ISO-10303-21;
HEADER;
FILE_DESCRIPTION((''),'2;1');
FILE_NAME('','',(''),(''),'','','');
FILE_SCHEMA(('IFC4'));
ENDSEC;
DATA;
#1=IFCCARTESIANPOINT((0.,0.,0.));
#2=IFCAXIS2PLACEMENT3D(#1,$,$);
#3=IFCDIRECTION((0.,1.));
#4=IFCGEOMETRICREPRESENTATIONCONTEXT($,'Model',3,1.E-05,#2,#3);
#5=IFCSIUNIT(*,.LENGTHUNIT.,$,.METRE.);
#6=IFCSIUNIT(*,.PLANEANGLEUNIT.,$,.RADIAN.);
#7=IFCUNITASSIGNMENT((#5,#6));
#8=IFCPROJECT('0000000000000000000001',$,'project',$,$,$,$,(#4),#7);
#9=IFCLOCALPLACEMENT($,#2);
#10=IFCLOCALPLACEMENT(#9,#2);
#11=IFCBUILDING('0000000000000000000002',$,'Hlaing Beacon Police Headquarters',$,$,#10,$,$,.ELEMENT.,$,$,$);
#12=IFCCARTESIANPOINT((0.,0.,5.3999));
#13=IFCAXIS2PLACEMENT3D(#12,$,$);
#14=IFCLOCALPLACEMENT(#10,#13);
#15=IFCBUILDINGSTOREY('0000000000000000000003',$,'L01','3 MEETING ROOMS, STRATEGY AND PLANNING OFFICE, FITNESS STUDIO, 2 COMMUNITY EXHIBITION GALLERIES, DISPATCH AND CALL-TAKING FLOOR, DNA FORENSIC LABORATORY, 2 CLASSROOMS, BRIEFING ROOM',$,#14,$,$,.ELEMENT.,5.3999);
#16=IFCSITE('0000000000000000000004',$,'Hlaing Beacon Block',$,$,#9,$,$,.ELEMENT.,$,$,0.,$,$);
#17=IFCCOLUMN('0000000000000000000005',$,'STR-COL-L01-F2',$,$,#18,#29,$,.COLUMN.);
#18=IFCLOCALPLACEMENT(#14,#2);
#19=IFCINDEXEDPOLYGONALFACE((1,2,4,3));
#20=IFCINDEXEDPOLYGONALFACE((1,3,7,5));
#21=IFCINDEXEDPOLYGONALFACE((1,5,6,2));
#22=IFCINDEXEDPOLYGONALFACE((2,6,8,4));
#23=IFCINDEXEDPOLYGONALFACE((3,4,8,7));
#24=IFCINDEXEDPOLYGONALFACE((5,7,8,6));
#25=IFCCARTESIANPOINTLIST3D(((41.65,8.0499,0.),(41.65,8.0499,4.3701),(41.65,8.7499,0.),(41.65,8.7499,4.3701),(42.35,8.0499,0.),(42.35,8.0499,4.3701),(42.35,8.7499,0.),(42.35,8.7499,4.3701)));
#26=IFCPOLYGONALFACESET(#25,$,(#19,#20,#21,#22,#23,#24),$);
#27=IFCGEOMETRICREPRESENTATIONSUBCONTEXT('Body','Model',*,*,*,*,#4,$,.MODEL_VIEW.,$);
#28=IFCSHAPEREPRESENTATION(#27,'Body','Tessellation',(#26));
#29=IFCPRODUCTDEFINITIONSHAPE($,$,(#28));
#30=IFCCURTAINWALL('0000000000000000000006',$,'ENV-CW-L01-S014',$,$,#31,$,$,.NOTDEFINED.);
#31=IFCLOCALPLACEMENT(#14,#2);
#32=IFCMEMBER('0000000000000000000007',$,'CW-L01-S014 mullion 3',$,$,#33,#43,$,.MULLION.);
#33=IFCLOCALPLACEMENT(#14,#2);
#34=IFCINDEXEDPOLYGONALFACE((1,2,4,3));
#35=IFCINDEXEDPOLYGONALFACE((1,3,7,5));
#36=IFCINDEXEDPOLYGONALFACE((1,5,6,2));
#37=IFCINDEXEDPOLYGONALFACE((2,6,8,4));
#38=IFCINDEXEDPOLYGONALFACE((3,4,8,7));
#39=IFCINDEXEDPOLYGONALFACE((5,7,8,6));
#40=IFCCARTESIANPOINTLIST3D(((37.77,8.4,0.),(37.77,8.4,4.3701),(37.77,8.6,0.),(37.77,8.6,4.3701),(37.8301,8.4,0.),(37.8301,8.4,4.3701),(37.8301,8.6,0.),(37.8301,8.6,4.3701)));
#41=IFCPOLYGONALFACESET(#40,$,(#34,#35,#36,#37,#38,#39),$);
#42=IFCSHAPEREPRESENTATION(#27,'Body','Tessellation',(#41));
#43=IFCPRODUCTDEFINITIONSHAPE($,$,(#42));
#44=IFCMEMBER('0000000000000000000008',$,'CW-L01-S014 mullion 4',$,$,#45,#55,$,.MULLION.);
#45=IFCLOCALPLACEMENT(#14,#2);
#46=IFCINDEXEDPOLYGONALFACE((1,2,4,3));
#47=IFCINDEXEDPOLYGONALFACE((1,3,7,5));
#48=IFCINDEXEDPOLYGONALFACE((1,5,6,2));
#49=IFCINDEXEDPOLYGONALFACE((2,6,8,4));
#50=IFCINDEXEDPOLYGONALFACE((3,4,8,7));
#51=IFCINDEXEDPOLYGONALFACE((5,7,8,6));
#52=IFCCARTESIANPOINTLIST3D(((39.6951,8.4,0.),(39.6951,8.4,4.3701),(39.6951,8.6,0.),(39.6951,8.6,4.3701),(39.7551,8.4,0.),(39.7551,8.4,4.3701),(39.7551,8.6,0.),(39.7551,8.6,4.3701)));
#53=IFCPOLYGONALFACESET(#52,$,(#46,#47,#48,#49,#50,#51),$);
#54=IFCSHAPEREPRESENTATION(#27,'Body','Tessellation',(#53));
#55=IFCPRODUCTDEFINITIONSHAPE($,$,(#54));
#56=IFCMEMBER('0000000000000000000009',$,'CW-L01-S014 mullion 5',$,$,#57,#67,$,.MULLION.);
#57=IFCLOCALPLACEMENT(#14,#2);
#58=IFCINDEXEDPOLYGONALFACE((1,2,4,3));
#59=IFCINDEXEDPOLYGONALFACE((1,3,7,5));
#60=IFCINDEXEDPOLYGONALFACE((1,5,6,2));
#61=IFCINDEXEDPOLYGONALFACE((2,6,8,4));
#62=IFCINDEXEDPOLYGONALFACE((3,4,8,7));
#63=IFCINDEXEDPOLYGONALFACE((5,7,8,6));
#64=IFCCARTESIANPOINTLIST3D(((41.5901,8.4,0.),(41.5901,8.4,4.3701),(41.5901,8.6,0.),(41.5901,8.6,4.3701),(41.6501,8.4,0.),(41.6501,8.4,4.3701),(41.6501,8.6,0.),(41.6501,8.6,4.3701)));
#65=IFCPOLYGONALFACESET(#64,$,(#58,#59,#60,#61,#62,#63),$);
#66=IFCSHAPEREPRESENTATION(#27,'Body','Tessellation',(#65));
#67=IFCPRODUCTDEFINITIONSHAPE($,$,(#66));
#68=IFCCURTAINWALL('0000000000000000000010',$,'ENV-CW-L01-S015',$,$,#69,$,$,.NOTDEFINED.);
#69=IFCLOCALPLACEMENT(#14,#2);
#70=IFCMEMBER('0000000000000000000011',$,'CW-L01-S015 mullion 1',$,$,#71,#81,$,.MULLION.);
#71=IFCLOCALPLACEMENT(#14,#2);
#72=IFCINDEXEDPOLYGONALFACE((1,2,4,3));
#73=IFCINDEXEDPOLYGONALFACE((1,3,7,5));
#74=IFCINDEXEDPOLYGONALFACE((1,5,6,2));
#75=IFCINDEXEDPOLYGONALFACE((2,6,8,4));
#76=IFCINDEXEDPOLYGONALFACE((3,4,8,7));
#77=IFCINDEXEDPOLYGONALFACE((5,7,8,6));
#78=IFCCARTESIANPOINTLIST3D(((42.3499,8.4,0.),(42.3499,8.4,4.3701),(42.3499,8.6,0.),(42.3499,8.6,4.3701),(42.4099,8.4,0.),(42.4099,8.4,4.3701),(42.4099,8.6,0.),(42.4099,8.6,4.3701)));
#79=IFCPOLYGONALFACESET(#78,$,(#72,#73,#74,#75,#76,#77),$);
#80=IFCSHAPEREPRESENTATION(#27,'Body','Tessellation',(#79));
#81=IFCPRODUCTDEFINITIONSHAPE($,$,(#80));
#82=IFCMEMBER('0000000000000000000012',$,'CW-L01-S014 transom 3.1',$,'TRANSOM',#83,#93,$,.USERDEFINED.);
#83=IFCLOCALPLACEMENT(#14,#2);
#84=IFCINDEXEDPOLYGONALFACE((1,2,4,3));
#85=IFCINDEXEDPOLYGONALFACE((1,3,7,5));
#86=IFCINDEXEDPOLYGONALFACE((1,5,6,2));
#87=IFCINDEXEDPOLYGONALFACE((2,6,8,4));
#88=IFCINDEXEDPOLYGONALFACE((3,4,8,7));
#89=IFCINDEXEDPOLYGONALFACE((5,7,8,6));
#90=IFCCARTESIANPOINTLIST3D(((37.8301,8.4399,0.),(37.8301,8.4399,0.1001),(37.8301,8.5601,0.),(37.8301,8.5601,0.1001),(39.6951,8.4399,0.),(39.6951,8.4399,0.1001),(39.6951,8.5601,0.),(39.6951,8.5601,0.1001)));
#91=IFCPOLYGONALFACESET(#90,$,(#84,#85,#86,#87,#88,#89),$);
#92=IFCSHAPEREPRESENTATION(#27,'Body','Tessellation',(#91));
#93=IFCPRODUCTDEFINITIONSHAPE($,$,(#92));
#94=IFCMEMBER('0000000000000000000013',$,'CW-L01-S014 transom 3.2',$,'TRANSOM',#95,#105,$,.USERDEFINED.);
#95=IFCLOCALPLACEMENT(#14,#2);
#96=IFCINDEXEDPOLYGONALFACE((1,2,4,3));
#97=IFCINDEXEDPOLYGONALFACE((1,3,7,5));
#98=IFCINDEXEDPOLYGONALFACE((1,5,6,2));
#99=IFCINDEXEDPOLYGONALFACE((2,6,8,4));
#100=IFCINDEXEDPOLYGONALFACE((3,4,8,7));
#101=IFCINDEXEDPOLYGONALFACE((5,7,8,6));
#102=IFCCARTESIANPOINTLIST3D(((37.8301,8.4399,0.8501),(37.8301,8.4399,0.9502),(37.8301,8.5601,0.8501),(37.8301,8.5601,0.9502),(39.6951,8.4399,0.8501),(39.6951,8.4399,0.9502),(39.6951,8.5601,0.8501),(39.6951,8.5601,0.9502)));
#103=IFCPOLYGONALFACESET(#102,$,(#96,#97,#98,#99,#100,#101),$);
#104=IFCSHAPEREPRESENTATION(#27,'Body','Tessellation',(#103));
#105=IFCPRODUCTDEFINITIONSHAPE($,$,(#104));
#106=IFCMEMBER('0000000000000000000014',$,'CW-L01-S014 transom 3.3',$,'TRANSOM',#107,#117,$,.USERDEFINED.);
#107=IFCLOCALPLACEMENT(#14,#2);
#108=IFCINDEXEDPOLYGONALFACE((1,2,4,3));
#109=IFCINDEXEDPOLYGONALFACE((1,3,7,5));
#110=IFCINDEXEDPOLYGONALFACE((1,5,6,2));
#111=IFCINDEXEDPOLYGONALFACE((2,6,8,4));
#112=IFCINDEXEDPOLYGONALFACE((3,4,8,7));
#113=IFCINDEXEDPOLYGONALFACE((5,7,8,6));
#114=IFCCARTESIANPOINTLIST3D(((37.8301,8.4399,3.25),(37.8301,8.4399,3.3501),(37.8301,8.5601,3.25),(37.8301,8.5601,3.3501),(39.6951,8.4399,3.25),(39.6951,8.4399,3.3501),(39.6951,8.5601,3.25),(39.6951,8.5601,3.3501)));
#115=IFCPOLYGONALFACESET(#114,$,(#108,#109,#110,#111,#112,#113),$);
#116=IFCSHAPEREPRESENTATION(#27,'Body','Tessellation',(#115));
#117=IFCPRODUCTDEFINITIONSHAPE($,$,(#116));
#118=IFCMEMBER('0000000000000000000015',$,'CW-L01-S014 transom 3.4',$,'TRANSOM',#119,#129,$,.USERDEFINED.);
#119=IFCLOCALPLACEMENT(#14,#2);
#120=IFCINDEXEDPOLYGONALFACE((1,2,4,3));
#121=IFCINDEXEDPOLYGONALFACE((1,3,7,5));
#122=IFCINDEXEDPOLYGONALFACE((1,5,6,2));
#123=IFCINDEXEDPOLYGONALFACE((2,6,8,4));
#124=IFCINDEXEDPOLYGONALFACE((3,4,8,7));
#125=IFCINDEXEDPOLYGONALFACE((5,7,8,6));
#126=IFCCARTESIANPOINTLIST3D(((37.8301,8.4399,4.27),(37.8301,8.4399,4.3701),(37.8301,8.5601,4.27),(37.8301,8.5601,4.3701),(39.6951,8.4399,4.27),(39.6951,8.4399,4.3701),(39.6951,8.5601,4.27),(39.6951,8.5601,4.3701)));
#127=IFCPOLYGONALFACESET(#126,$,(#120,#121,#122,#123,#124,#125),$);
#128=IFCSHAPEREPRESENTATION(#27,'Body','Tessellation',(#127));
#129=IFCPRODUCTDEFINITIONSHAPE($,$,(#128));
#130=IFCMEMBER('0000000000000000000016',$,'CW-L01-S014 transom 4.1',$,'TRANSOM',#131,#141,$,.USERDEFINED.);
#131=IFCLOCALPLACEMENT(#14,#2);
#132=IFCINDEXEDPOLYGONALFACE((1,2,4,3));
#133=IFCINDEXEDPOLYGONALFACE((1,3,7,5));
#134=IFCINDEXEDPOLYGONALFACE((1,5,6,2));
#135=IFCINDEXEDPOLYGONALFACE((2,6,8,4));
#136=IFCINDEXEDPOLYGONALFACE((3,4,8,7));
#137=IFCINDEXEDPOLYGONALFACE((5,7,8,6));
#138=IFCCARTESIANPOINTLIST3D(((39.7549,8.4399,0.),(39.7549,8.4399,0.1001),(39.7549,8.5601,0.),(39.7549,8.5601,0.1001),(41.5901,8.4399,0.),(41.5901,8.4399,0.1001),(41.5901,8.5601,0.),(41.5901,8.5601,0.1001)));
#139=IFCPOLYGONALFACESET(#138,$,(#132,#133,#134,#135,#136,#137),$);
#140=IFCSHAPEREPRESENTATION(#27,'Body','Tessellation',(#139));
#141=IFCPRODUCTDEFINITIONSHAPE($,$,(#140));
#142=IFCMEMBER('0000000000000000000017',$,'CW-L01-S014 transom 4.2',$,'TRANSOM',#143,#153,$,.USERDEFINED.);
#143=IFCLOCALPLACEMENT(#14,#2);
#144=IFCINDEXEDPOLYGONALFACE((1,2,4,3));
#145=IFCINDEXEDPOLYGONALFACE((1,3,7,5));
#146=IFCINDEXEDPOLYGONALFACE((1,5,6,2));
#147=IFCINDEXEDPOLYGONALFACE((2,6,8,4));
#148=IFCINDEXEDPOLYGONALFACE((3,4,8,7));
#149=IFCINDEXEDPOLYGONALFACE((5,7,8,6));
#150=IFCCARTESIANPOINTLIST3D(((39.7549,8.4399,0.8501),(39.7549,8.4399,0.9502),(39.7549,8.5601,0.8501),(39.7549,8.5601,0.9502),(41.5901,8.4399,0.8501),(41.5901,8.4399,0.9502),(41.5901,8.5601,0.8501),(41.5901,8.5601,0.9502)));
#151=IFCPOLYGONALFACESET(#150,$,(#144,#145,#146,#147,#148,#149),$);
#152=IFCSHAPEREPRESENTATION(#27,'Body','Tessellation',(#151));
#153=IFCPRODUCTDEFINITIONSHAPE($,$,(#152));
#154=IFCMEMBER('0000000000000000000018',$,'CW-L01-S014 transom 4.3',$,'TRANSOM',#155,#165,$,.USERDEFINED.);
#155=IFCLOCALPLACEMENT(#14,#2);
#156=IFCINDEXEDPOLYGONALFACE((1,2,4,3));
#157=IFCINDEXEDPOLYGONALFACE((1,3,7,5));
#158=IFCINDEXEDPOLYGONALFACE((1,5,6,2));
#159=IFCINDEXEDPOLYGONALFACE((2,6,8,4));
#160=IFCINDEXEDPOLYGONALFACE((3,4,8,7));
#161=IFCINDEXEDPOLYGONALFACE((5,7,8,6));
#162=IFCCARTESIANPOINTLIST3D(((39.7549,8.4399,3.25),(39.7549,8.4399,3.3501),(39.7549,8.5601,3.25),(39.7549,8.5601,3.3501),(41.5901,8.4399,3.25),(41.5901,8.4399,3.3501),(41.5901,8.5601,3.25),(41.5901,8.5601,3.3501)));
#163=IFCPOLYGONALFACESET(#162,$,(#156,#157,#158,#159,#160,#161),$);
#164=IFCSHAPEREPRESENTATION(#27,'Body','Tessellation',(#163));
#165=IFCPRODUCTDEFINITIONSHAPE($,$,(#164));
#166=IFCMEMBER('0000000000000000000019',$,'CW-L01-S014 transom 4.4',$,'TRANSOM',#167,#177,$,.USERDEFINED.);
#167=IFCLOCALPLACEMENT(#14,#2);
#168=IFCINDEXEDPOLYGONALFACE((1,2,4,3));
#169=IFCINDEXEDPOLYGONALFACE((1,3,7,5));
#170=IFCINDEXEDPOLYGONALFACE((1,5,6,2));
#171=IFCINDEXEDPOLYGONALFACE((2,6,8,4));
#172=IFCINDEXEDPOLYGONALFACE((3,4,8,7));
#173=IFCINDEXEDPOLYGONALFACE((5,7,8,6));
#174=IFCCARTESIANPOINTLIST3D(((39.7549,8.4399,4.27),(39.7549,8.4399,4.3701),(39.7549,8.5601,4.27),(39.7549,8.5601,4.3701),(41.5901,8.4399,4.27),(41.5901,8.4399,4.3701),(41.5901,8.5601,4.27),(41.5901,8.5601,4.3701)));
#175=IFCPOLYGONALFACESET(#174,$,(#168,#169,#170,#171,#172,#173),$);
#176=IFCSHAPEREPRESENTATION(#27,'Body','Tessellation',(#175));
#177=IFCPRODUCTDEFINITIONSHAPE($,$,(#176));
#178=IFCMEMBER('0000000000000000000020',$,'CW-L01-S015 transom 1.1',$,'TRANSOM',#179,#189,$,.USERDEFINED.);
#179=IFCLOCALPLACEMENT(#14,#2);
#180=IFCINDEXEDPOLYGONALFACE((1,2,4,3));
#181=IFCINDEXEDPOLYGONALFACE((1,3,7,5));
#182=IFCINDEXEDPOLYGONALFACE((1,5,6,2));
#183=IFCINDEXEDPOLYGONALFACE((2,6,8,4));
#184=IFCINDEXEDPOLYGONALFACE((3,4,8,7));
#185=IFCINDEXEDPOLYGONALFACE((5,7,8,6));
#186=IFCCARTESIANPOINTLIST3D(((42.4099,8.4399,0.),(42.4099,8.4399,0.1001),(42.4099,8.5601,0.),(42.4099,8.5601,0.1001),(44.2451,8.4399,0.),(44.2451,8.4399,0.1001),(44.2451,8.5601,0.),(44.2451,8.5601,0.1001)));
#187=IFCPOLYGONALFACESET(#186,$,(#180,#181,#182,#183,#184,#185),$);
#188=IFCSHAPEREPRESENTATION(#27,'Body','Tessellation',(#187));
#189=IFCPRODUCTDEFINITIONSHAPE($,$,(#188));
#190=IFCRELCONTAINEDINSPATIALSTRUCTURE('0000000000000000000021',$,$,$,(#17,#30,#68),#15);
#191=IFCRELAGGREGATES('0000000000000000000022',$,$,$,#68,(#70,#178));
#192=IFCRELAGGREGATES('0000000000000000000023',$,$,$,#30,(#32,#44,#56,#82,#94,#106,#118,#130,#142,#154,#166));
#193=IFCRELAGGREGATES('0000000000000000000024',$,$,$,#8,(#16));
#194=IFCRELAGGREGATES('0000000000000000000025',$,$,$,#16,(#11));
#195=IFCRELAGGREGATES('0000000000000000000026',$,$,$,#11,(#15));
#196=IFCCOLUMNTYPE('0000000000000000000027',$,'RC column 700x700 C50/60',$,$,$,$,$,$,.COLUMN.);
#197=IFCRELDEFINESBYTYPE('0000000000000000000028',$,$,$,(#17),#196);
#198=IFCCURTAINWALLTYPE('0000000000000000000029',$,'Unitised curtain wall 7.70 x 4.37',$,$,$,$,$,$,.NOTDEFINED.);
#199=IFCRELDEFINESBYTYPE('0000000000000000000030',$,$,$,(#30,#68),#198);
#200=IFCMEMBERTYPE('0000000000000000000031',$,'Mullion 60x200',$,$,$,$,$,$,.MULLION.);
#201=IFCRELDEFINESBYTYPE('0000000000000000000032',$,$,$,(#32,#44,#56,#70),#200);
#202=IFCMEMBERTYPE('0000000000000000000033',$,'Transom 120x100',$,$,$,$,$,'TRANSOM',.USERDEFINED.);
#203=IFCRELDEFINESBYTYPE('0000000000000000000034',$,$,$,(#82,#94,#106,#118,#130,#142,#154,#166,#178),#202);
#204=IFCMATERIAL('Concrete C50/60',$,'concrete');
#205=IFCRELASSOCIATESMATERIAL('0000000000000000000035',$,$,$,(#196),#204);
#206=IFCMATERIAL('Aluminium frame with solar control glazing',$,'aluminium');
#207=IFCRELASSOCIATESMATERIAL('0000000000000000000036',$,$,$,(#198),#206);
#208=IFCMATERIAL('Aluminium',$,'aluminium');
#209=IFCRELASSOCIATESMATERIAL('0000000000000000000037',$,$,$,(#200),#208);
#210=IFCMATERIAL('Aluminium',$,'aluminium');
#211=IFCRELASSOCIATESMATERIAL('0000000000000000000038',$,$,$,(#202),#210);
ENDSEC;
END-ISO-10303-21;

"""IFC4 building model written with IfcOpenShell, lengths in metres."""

from ifc_helpers import new_model, si_unit, direction, frame, origin, origin_2d, place, context, subcontext, project, spatial, rectangle, extrude, material, material_profile, profile_set, type_object, element, aggregate, save


model = new_model("IFC4")

# Units and contexts
model_context = context("Model", 3, precision=1e-05, world=origin(), true_north=direction((0.0, 1.0)))
body_context = subcontext(model_context, "Body", "Model", "MODEL_VIEW")
ifc_project = project(units=[si_unit("LENGTHUNIT", "METRE"), si_unit("PLANEANGLEUNIT", "RADIAN")], contexts=[model_context])

# Site, building, storey
site_placement = place(None, origin())
site = spatial("IfcSite", under=ifc_project, at=site_placement, Name="Hlaing Beacon Block", CompositionType="ELEMENT", RefElevation=0.0)
building_placement = place(site_placement, origin())
building = spatial("IfcBuilding", under=site, at=building_placement, Name="Hlaing Beacon Police Headquarters", CompositionType="ELEMENT")
storey_placement = place(building_placement, frame((0.0, 0.0, 5.3999)))
storey = spatial("IfcBuildingStorey", under=building, at=storey_placement, Name="L01", Description="3 MEETING ROOMS, STRATEGY AND PLANNING OFFICE, FITNESS STUDIO, 2 COMMUNITY EXHIBITION GALLERIES, DISPATCH AND CALL-TAKING FLOOR, DNA FORENSIC LABORATORY, 2 CLASSROOMS, BRIEFING ROOM", CompositionType="ELEMENT", Elevation=5.3999)

# Column
ifc_material_1 = material(Name="Concrete C50/60", Category="concrete")
ifc_material_profile_1 = material_profile(ifc_material_1, rectangle(XDim=0.7, YDim=0.7, at=origin_2d()), Name="700x700")
ifc_profile_set_1 = profile_set([ifc_material_profile_1], Name="Concrete C50/60")
column_type = type_object("IfcColumnType", Name="RC column 700x700 C50/60", PredefinedType="COLUMN", material=ifc_profile_set_1)
column_placement = place(storey_placement, frame((42.0, 8.3999, 0.0), z_axis=(0.0, 0.0, 1.0), x_axis=(1.0, 0.0, 0.0)))
element("IfcColumn", 1, at=column_placement, inside=storey, type_object=column_type, Name="STR-COL-L01-F2", PredefinedType="COLUMN", context=body_context, shape_type="SweptSolid", body=[
    extrude(rectangle(XDim=0.7, YDim=0.7, at=origin_2d()), origin(), (0.0, 0.0, 1.0), 4.3701),
])

# Curtain wall, members
ifc_material_2 = material(Name="Aluminium frame with solar control glazing", Category="aluminium")
curtain_wall_type = type_object("IfcCurtainWallType", Name="Unitised curtain wall 7.70 x 4.37", PredefinedType="NOTDEFINED", material=ifc_material_2)
curtain_wall_1_placement = place(storey_placement, origin())
curtain_wall_1 = element("IfcCurtainWall", 2, at=curtain_wall_1_placement, inside=storey, type_object=curtain_wall_type, Name="ENV-CW-L01-S014", PredefinedType="NOTDEFINED")
ifc_material_3 = material(Name="Aluminium", Category="aluminium")
ifc_material_profile_2 = material_profile(ifc_material_3, rectangle(XDim=0.2, YDim=0.0601, at=origin_2d()), Name="Mullion 60x200")
ifc_profile_set_2 = profile_set([ifc_material_profile_2], Name="Aluminium")
member_type_1 = type_object("IfcMemberType", Name="Mullion 60x200", PredefinedType="MULLION", material=ifc_profile_set_2)
member_1_placement = place(storey_placement, frame((37.8, 8.5, 0.0), z_axis=(0.0, 0.0, 1.0), x_axis=(0.0, 1.0, 0.0)))
member_1 = element("IfcMember", 3, at=member_1_placement, type_object=member_type_1, Name="CW-L01-S014 mullion 3", PredefinedType="MULLION", context=body_context, shape_type="SweptSolid", body=[
    extrude(rectangle(XDim=0.2, YDim=0.0601, at=origin_2d()), origin(), (0.0, 0.0, 1.0), 4.3701),
])
member_2_placement = place(storey_placement, frame((39.7251, 8.5, 0.0), z_axis=(0.0, 0.0, 1.0), x_axis=(0.0, 1.0, 0.0)))
member_2 = element("IfcMember", 4, at=member_2_placement, type_object=member_type_1, Name="CW-L01-S014 mullion 4", PredefinedType="MULLION", context=body_context, shape_type="SweptSolid", body=[
    extrude(rectangle(XDim=0.2, YDim=0.0601, at=origin_2d()), origin(), (0.0, 0.0, 1.0), 4.3701),
])
member_3_placement = place(storey_placement, frame((41.6201, 8.5, 0.0), z_axis=(0.0, 0.0, 1.0), x_axis=(0.0, 1.0, 0.0)))
member_3 = element("IfcMember", 5, at=member_3_placement, type_object=member_type_1, Name="CW-L01-S014 mullion 5", PredefinedType="MULLION", context=body_context, shape_type="SweptSolid", body=[
    extrude(rectangle(XDim=0.2, YDim=0.0601, at=origin_2d()), origin(), (0.0, 0.0, 1.0), 4.3701),
])

# Curtain wall, member
curtain_wall_2_placement = place(storey_placement, origin())
curtain_wall_2 = element("IfcCurtainWall", 6, at=curtain_wall_2_placement, inside=storey, type_object=curtain_wall_type, Name="ENV-CW-L01-S015", PredefinedType="NOTDEFINED")
member_4_placement = place(storey_placement, frame((42.3799, 8.5, 0.0), z_axis=(0.0, 0.0, 1.0), x_axis=(0.0, 1.0, 0.0)))
member_4 = element("IfcMember", 7, at=member_4_placement, type_object=member_type_1, Name="CW-L01-S015 mullion 1", PredefinedType="MULLION", context=body_context, shape_type="SweptSolid", body=[
    extrude(rectangle(XDim=0.2, YDim=0.0601, at=origin_2d()), origin(), (0.0, 0.0, 1.0), 4.3701),
])

# Members
ifc_material_4 = material(Name="Aluminium", Category="aluminium")
ifc_material_profile_3 = material_profile(ifc_material_4, rectangle(XDim=0.1201, YDim=0.1001, at=origin_2d()), Name="Transom 120x100")
ifc_profile_set_3 = profile_set([ifc_material_profile_3], Name="Aluminium")
member_type_2 = type_object("IfcMemberType", Name="Transom 120x100", ElementType="TRANSOM", PredefinedType="USERDEFINED", material=ifc_profile_set_3)
member_5_placement = place(storey_placement, frame((37.8301, 8.5, 0.05), z_axis=(1.0, 0.0, 0.0), x_axis=(0.0, 1.0, 0.0)))
member_5 = element("IfcMember", 8, at=member_5_placement, type_object=member_type_2, Name="CW-L01-S014 transom 3.1", ObjectType="TRANSOM", PredefinedType="USERDEFINED", context=body_context, shape_type="SweptSolid", body=[
    extrude(rectangle(XDim=0.1201, YDim=0.1001, at=origin_2d()), origin(), (0.0, 0.0, 1.0), 1.865),
])
member_6_placement = place(storey_placement, frame((37.8301, 8.5, 0.9001), z_axis=(1.0, 0.0, 0.0), x_axis=(0.0, 1.0, 0.0)))
member_6 = element("IfcMember", 9, at=member_6_placement, type_object=member_type_2, Name="CW-L01-S014 transom 3.2", ObjectType="TRANSOM", PredefinedType="USERDEFINED", context=body_context, shape_type="SweptSolid", body=[
    extrude(rectangle(XDim=0.1201, YDim=0.1001, at=origin_2d()), origin(), (0.0, 0.0, 1.0), 1.865),
])
member_7_placement = place(storey_placement, frame((37.8301, 8.5, 3.3), z_axis=(1.0, 0.0, 0.0), x_axis=(0.0, 1.0, 0.0)))
member_7 = element("IfcMember", 10, at=member_7_placement, type_object=member_type_2, Name="CW-L01-S014 transom 3.3", ObjectType="TRANSOM", PredefinedType="USERDEFINED", context=body_context, shape_type="SweptSolid", body=[
    extrude(rectangle(XDim=0.1201, YDim=0.1001, at=origin_2d()), origin(), (0.0, 0.0, 1.0), 1.865),
])
member_8_placement = place(storey_placement, frame((37.8301, 8.5, 4.3201), z_axis=(1.0, 0.0, 0.0), x_axis=(0.0, 1.0, 0.0)))
member_8 = element("IfcMember", 11, at=member_8_placement, type_object=member_type_2, Name="CW-L01-S014 transom 3.4", ObjectType="TRANSOM", PredefinedType="USERDEFINED", context=body_context, shape_type="SweptSolid", body=[
    extrude(rectangle(XDim=0.1201, YDim=0.1001, at=origin_2d()), origin(), (0.0, 0.0, 1.0), 1.865),
])
member_9_placement = place(storey_placement, frame((39.7549, 8.5, 0.05), z_axis=(1.0, 0.0, 0.0), x_axis=(0.0, 1.0, 0.0)))
member_9 = element("IfcMember", 12, at=member_9_placement, type_object=member_type_2, Name="CW-L01-S014 transom 4.1", ObjectType="TRANSOM", PredefinedType="USERDEFINED", context=body_context, shape_type="SweptSolid", body=[
    extrude(rectangle(XDim=0.1201, YDim=0.1001, at=origin_2d()), origin(), (0.0, 0.0, 1.0), 1.8352),
])
member_10_placement = place(storey_placement, frame((39.7549, 8.5, 0.9001), z_axis=(1.0, 0.0, 0.0), x_axis=(0.0, 1.0, 0.0)))
member_10 = element("IfcMember", 13, at=member_10_placement, type_object=member_type_2, Name="CW-L01-S014 transom 4.2", ObjectType="TRANSOM", PredefinedType="USERDEFINED", context=body_context, shape_type="SweptSolid", body=[
    extrude(rectangle(XDim=0.1201, YDim=0.1001, at=origin_2d()), origin(), (0.0, 0.0, 1.0), 1.8352),
])
member_11_placement = place(storey_placement, frame((39.7549, 8.5, 3.3), z_axis=(1.0, 0.0, 0.0), x_axis=(0.0, 1.0, 0.0)))
member_11 = element("IfcMember", 14, at=member_11_placement, type_object=member_type_2, Name="CW-L01-S014 transom 4.3", ObjectType="TRANSOM", PredefinedType="USERDEFINED", context=body_context, shape_type="SweptSolid", body=[
    extrude(rectangle(XDim=0.1201, YDim=0.1001, at=origin_2d()), origin(), (0.0, 0.0, 1.0), 1.8352),
])
member_12_placement = place(storey_placement, frame((39.7549, 8.5, 4.3201), z_axis=(1.0, 0.0, 0.0), x_axis=(0.0, 1.0, 0.0)))
member_12 = element("IfcMember", 15, at=member_12_placement, type_object=member_type_2, Name="CW-L01-S014 transom 4.4", ObjectType="TRANSOM", PredefinedType="USERDEFINED", context=body_context, shape_type="SweptSolid", body=[
    extrude(rectangle(XDim=0.1201, YDim=0.1001, at=origin_2d()), origin(), (0.0, 0.0, 1.0), 1.8352),
])
member_13_placement = place(storey_placement, frame((42.4099, 8.5, 0.05), z_axis=(1.0, 0.0, 0.0), x_axis=(0.0, 1.0, 0.0)))
member_13 = element("IfcMember", 16, at=member_13_placement, type_object=member_type_2, Name="CW-L01-S015 transom 1.1", ObjectType="TRANSOM", PredefinedType="USERDEFINED", context=body_context, shape_type="SweptSolid", body=[
    extrude(rectangle(XDim=0.1201, YDim=0.1001, at=origin_2d()), origin(), (0.0, 0.0, 1.0), 1.8352),
])
aggregate(curtain_wall_2, [member_4, member_13])

aggregate(curtain_wall_1, [member_1, member_2, member_3, member_5, member_6, member_7, member_8, member_9, member_10, member_11, member_12])

save(model, "model.ifc")
